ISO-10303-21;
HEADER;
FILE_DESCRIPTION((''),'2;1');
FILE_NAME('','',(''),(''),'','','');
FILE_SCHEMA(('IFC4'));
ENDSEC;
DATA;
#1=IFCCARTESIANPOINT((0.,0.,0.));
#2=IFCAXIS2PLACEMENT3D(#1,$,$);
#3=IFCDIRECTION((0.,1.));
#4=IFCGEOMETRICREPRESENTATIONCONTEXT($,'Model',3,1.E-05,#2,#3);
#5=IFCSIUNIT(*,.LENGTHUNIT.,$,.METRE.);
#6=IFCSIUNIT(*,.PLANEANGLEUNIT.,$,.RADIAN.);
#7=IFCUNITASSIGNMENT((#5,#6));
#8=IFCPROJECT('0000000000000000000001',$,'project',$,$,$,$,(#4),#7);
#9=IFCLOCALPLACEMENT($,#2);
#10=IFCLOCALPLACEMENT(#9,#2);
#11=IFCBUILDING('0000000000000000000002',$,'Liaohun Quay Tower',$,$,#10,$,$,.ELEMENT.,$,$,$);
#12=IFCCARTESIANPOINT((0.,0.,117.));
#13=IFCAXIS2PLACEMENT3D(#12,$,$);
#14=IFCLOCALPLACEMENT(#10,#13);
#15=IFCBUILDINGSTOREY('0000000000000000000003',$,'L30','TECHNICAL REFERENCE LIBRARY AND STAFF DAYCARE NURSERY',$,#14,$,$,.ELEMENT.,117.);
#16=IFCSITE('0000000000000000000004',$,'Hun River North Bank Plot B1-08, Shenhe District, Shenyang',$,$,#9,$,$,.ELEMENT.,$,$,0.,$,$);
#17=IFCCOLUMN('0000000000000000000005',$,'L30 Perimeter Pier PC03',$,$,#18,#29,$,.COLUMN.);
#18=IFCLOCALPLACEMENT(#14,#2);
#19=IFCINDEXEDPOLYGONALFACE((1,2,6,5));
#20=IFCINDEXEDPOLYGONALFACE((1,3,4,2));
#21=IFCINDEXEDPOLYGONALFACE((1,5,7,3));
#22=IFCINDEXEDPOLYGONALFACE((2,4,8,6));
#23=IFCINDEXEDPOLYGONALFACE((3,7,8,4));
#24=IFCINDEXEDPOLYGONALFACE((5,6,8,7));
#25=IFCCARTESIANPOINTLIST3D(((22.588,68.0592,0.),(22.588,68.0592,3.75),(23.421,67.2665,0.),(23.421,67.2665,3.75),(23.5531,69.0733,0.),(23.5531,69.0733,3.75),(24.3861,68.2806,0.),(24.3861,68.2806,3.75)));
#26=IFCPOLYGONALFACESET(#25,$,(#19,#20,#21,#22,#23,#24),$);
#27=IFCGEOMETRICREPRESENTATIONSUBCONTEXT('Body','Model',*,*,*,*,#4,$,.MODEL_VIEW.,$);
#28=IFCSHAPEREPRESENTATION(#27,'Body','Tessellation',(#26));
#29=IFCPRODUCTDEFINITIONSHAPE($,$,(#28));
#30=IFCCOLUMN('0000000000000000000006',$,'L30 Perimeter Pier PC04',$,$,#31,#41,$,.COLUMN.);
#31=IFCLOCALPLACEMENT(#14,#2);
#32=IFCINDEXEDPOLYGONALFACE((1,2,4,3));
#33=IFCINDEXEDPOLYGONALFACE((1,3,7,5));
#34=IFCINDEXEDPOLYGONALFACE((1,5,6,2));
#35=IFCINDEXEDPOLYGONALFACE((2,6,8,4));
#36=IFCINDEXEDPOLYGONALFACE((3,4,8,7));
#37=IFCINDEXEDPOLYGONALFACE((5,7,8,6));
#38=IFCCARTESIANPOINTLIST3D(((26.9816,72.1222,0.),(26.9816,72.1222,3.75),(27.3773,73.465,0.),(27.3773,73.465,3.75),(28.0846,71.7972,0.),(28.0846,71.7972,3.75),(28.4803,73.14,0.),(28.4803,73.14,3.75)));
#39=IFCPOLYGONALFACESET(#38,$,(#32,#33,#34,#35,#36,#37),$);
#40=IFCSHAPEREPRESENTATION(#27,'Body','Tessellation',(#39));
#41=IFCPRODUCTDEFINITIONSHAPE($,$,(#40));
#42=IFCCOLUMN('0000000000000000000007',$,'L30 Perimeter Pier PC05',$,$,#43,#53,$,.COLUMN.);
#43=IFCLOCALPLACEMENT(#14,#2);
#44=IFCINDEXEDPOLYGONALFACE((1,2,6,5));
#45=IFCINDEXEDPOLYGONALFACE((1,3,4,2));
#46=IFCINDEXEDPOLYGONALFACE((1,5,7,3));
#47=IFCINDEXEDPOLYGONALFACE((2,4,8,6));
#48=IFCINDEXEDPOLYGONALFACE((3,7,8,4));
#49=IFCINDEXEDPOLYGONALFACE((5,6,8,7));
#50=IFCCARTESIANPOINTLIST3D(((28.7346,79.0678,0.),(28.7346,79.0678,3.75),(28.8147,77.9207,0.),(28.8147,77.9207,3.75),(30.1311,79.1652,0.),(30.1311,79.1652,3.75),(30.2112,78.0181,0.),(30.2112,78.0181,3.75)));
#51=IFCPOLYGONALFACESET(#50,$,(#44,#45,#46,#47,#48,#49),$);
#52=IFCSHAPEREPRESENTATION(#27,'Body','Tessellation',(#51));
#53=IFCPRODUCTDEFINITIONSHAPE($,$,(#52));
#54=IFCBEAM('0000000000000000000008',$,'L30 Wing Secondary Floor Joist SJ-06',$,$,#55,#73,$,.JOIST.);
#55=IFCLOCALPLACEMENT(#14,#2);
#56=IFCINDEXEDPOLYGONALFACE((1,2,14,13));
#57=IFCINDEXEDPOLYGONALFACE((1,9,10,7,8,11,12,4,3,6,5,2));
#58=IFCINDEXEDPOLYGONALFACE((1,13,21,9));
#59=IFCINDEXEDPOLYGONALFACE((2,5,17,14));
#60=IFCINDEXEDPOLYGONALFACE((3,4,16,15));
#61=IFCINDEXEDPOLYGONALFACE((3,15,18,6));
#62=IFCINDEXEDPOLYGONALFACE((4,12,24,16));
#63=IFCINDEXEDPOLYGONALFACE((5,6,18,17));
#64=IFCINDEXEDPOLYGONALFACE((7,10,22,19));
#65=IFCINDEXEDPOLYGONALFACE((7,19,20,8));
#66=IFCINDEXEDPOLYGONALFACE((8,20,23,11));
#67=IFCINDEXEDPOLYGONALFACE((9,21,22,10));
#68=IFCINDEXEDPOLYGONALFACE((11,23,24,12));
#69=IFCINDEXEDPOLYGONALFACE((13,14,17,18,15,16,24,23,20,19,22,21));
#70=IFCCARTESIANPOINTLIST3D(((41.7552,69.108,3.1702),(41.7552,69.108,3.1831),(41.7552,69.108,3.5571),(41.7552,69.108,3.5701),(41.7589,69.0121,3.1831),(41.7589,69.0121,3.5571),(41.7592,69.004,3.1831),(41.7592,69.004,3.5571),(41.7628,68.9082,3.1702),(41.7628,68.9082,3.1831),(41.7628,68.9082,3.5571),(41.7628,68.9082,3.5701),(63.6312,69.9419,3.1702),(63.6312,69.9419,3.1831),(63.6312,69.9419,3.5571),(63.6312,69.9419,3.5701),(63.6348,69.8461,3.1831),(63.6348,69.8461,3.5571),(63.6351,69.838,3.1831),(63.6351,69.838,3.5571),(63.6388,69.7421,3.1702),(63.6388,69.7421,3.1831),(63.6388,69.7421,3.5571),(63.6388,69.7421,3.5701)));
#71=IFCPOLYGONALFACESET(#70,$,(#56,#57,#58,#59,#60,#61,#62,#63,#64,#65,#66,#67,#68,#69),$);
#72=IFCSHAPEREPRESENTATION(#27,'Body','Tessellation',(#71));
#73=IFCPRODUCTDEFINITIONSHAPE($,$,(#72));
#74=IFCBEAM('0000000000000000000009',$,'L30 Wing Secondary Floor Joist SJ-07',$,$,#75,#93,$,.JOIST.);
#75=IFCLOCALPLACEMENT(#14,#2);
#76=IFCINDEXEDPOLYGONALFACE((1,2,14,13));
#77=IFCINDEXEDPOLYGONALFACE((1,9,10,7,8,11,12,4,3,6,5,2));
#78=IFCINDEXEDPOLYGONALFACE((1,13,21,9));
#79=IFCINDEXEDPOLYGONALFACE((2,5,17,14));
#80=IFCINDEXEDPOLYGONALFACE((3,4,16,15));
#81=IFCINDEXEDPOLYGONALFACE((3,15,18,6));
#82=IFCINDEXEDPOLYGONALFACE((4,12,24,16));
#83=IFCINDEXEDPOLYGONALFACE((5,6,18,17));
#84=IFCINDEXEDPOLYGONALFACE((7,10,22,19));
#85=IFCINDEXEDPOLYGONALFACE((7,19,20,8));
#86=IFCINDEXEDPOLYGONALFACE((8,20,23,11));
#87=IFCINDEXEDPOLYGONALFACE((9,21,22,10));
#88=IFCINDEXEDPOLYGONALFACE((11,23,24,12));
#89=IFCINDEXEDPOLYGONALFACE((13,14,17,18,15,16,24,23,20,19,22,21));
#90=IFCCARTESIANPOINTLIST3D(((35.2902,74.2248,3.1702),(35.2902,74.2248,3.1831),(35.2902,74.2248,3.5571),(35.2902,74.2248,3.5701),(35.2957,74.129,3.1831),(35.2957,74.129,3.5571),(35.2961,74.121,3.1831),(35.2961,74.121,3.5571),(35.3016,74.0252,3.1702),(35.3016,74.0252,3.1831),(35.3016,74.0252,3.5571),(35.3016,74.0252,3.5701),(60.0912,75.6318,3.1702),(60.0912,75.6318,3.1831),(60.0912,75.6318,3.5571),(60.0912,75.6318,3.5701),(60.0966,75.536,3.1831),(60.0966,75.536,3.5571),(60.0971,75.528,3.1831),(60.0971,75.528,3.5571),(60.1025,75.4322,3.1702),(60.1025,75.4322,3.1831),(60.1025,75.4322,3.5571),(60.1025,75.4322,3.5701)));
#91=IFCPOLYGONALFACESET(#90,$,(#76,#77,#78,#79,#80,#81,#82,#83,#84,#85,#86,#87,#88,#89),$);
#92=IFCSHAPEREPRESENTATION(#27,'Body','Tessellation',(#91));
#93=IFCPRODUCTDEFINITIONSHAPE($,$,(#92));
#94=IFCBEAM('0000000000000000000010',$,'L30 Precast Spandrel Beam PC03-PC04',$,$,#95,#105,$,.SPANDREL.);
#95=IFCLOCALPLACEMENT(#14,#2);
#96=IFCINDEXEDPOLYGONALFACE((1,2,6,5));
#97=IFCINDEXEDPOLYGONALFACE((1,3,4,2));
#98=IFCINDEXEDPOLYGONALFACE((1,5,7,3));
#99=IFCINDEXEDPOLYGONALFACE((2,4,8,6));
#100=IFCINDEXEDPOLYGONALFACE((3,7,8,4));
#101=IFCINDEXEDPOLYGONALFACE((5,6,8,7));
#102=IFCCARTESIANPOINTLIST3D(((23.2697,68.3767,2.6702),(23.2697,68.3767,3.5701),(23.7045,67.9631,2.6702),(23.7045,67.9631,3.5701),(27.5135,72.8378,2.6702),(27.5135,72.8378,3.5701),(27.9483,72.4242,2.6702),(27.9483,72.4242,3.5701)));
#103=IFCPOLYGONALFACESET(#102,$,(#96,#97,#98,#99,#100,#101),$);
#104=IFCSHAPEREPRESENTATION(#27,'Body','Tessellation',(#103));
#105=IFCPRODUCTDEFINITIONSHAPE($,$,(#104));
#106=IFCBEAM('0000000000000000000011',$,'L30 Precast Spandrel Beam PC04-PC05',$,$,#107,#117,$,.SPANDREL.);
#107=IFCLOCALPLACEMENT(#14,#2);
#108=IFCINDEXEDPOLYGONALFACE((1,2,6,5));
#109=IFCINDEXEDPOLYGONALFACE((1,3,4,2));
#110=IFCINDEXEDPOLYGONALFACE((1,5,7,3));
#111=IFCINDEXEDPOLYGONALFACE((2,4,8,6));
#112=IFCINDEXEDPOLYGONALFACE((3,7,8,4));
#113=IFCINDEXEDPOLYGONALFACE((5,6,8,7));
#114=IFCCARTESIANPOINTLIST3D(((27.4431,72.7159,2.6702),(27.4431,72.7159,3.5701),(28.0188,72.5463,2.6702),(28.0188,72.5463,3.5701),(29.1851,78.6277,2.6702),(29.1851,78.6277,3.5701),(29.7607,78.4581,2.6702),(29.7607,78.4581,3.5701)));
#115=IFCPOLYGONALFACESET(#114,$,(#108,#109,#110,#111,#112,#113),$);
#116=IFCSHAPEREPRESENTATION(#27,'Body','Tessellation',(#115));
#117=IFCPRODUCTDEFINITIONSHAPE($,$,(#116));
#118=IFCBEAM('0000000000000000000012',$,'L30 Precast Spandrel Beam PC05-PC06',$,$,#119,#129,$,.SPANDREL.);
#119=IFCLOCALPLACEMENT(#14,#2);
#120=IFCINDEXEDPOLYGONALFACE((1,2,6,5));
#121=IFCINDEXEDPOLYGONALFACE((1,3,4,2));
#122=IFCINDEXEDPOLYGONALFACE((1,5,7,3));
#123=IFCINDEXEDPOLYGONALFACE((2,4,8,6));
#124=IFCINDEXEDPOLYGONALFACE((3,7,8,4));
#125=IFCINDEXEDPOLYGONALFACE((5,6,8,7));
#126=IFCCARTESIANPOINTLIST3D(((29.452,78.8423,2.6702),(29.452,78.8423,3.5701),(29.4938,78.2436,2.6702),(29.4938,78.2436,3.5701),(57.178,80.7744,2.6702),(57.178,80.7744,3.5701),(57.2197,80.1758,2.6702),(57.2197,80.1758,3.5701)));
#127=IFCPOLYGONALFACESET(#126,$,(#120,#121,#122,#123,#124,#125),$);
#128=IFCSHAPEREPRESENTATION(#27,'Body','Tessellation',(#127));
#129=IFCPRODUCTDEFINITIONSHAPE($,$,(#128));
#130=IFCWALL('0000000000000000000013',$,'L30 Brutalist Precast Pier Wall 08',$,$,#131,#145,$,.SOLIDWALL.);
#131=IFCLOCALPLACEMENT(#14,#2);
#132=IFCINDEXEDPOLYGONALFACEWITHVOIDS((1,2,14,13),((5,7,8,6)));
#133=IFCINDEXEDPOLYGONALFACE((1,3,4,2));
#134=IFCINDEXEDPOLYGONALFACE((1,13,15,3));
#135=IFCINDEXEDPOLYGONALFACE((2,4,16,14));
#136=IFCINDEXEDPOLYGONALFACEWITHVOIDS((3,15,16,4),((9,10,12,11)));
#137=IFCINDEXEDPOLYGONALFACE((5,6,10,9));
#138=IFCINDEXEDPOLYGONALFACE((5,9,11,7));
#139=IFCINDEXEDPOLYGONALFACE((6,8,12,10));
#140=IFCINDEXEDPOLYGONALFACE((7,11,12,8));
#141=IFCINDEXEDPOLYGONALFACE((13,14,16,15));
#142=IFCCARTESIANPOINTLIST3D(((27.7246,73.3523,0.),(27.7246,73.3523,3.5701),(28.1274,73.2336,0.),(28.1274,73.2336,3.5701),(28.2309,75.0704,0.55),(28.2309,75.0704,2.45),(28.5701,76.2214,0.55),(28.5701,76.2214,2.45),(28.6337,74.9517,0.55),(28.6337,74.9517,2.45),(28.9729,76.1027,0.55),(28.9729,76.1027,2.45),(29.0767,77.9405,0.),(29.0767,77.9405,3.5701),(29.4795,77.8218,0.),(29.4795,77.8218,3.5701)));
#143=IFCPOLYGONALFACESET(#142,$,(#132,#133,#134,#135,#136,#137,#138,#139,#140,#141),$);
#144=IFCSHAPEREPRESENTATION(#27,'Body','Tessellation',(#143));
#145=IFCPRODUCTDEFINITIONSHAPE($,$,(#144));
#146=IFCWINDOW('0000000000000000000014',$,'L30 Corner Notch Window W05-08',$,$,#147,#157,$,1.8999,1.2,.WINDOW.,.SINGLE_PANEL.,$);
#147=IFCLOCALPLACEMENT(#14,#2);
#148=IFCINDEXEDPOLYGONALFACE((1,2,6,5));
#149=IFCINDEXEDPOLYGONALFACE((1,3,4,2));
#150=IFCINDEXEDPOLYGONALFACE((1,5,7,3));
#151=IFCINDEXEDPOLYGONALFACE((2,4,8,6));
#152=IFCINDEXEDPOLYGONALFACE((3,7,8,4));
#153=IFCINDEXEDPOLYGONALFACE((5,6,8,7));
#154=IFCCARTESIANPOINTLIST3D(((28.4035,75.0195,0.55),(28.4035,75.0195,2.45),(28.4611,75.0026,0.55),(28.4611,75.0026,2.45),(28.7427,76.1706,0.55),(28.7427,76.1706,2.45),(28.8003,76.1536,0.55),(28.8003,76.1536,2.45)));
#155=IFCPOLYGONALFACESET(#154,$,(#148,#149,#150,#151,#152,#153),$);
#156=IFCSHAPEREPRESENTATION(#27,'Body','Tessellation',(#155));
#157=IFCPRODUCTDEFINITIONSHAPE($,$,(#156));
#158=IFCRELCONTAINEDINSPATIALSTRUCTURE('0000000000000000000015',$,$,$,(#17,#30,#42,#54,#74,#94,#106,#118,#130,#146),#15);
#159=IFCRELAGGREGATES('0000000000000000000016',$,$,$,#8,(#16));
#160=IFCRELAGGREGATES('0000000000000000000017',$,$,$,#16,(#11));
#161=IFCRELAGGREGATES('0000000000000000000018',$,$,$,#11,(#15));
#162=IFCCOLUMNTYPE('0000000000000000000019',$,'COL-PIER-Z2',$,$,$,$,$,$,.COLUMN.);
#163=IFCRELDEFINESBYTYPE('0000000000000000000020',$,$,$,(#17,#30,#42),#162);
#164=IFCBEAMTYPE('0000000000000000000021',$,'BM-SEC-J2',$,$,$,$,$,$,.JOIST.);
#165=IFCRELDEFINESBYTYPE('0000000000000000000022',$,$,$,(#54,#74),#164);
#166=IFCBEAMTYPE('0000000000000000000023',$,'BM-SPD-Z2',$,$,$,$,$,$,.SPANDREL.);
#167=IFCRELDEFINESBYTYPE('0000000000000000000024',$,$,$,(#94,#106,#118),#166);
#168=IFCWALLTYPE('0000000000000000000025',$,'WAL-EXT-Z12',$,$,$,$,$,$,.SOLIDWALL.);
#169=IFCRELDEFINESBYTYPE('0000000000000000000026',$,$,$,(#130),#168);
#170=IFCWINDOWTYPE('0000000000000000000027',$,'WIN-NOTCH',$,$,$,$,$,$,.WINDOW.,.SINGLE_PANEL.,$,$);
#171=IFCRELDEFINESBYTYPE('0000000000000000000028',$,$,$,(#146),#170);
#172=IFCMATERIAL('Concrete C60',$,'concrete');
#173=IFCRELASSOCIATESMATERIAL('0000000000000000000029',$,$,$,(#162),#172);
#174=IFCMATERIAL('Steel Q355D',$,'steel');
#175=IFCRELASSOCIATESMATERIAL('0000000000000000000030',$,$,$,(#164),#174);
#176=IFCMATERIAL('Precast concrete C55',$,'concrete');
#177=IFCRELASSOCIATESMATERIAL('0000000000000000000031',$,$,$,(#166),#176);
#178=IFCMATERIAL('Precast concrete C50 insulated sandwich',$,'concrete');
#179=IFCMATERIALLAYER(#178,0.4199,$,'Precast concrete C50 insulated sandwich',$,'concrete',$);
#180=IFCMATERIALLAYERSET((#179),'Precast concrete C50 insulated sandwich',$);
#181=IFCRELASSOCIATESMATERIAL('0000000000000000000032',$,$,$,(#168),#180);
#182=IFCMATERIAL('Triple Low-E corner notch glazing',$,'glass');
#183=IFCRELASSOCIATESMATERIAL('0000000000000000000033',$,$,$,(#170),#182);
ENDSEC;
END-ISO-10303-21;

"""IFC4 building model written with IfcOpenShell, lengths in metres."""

from ifc_helpers import new_model, si_unit, direction, frame, frame_2d, origin, origin_2d, place, context, subcontext, project, spatial, rectangle, i_section, extrude, source, transform, mapped, material, layer, layer_set, material_profile, profile_set, type_object, element, fill, save


model = new_model("IFC4")

# Units and contexts
model_context = context("Model", 3, precision=1e-05, world=origin(), true_north=direction((0.0, 1.0)))
body_context = subcontext(model_context, "Body", "Model", "MODEL_VIEW")
ifc_project = project(units=[si_unit("LENGTHUNIT", "METRE"), si_unit("PLANEANGLEUNIT", "RADIAN")], contexts=[model_context])

# Site, building, storey
site_placement = place(None, origin())
site = spatial("IfcSite", under=ifc_project, at=site_placement, Name="Hun River North Bank Plot B1-08, Shenhe District, Shenyang", CompositionType="ELEMENT", RefElevation=0.0)
building_placement = place(site_placement, origin())
building = spatial("IfcBuilding", under=site, at=building_placement, Name="Liaohun Quay Tower", CompositionType="ELEMENT")
storey_placement = place(building_placement, frame((0.0, 0.0, 117.0)))
storey = spatial("IfcBuildingStorey", under=building, at=storey_placement, Name="L30", Description="TECHNICAL REFERENCE LIBRARY AND STAFF DAYCARE NURSERY", CompositionType="ELEMENT", Elevation=117.0)

# Columns
ifc_material_1 = material(Name="Concrete C60", Category="concrete")
ifc_material_profile_1 = material_profile(ifc_material_1, rectangle(XDim=1.3999, YDim=1.1499, at=origin_2d()), Name="RC1400x1150")
ifc_profile_set_1 = profile_set([ifc_material_profile_1], Name="Concrete C60")
column_type = type_object("IfcColumnType", Name="COL-PIER-Z2", PredefinedType="COLUMN", material=ifc_profile_set_1)
shared_shape_1 = source(origin(), body_context, "Body", "SweptSolid", [
    extrude(rectangle(XDim=1.3999, YDim=1.1499, at=origin_2d()), origin(), (0.0, 0.0, 1.0), 3.75),
])
for number, where, z_axis, x_axis, name in (
    (1, (23.4871, 68.1699, 0.0), (0.0, 0.0, 1.0), (0.689367, 0.724413, 0.0), "L30 Perimeter Pier PC03"),
    (2, (27.731, 72.6311, 0.0), (0.0, 0.0, 1.0), (0.282676, 0.959215, 0.0), "L30 Perimeter Pier PC04"),
    (3, (29.4729, 78.543, 0.0), (0.0, 0.0, 1.0), (0.997576, 0.069582, 0.0), "L30 Perimeter Pier PC05"),
):
    element("IfcColumn", number, at=place(storey_placement, frame(where, z_axis=z_axis, x_axis=x_axis)), inside=storey, type_object=column_type, Name=name, PredefinedType="COLUMN", context=body_context, shape_type="MappedRepresentation", body=[
        mapped(shared_shape_1, transform((0.0, 0.0, 0.0), x_axis=(1.0, 0.0, 0.0), y_axis=(0.0, 1.0, 0.0), z_axis=(0.0, 0.0, 1.0), scale=1.0)),
    ])

# Beams
ifc_material_2 = material(Name="Steel Q355D", Category="steel")
ifc_material_profile_2 = material_profile(ifc_material_2, i_section(OverallWidth=0.2, OverallDepth=0.3999, WebThickness=0.0081, FlangeThickness=0.0129, at=origin_2d()), Name="HN400x200x8x13")
ifc_profile_set_2 = profile_set([ifc_material_profile_2], Name="Steel Q355D")
beam_type_1 = type_object("IfcBeamType", Name="BM-SEC-J2", PredefinedType="JOIST", material=ifc_profile_set_2)
shared_shape_2 = source(origin(), body_context, "Body", "SweptSolid", [
    extrude(i_section(OverallWidth=0.2, OverallDepth=0.3999, WebThickness=0.0081, FlangeThickness=0.0129, at=origin_2d()), origin(), (0.0, 0.0, 1.0), 21.8918),
])
beam_1_placement = place(storey_placement, frame((41.759, 69.0081, 3.3701), z_axis=(0.999274, 0.038096, 0.0), x_axis=(-0.038096, 0.999274, 0.0)))
element("IfcBeam", 4, at=beam_1_placement, inside=storey, type_object=beam_type_1, Name="L30 Wing Secondary Floor Joist SJ-06", PredefinedType="JOIST", context=body_context, shape_type="MappedRepresentation", body=[
    mapped(shared_shape_2, transform((0.0, 0.0, 0.0), x_axis=(1.0, 0.0, 0.0), y_axis=(0.0, 1.0, 0.0), z_axis=(0.0, 0.0, 1.0), scale=1.0)),
])
shared_shape_3 = source(origin(), body_context, "Body", "SweptSolid", [
    extrude(i_section(OverallWidth=0.2, OverallDepth=0.3999, WebThickness=0.0081, FlangeThickness=0.0129, at=origin_2d()), origin(), (0.0, 0.0, 1.0), 24.8408),
])
beam_2_placement = place(storey_placement, frame((35.2959, 74.125, 3.3701), z_axis=(0.998395, 0.05664, 0.0), x_axis=(-0.05664, 0.998395, 0.0)))
element("IfcBeam", 5, at=beam_2_placement, inside=storey, type_object=beam_type_1, Name="L30 Wing Secondary Floor Joist SJ-07", PredefinedType="JOIST", context=body_context, shape_type="MappedRepresentation", body=[
    mapped(shared_shape_3, transform((0.0, 0.0, 0.0), x_axis=(1.0, 0.0, 0.0), y_axis=(0.0, 1.0, 0.0), z_axis=(0.0, 0.0, 1.0), scale=1.0)),
])
ifc_material_3 = material(Name="Precast concrete C55", Category="concrete")
ifc_material_profile_3 = material_profile(ifc_material_3, rectangle(XDim=0.6001, YDim=0.8999, at=origin_2d()), Name="RC600x900")
ifc_profile_set_3 = profile_set([ifc_material_profile_3], Name="Precast concrete C55")
beam_type_2 = type_object("IfcBeamType", Name="BM-SPD-Z2", PredefinedType="SPANDREL", material=ifc_profile_set_3)
shared_shape_4 = source(origin(), body_context, "Body", "SweptSolid", [
    extrude(rectangle(XDim=0.6001, YDim=0.8999, at=origin_2d()), origin(), (0.0, 0.0, 1.0), 6.1572),
])
beam_3_placement = place(storey_placement, frame((23.4871, 68.1699, 3.1201), z_axis=(0.689242, 0.724531, 0.0), x_axis=(-0.724531, 0.689242, 0.0)))
element("IfcBeam", 6, at=beam_3_placement, inside=storey, type_object=beam_type_2, Name="L30 Precast Spandrel Beam PC03-PC04", PredefinedType="SPANDREL", context=body_context, shape_type="MappedRepresentation", body=[
    mapped(shared_shape_4, transform((0.0, 0.0, 0.0), x_axis=(1.0, 0.0, 0.0), y_axis=(0.0, 1.0, 0.0), z_axis=(0.0, 0.0, 1.0), scale=1.0)),
])
shared_shape_5 = source(origin(), body_context, "Body", "SweptSolid", [
    extrude(rectangle(XDim=0.6001, YDim=0.8999, at=origin_2d()), origin(), (0.0, 0.0, 1.0), 6.1631),
])
beam_4_placement = place(storey_placement, frame((27.731, 72.6311, 3.1201), z_axis=(0.282638, 0.959227, 0.0), x_axis=(-0.959227, 0.282638, 0.0)))
element("IfcBeam", 7, at=beam_4_placement, inside=storey, type_object=beam_type_2, Name="L30 Precast Spandrel Beam PC04-PC05", PredefinedType="SPANDREL", context=body_context, shape_type="MappedRepresentation", body=[
    mapped(shared_shape_5, transform((0.0, 0.0, 0.0), x_axis=(1.0, 0.0, 0.0), y_axis=(0.0, 1.0, 0.0), z_axis=(0.0, 0.0, 1.0), scale=1.0)),
])
shared_shape_6 = source(origin(), body_context, "Body", "SweptSolid", [
    extrude(rectangle(XDim=0.6001, YDim=0.8999, at=origin_2d()), origin(), (0.0, 0.0, 1.0), 27.7932),
])
beam_5_placement = place(storey_placement, frame((29.4729, 78.543, 3.1201), z_axis=(0.997581, 0.069518, 0.0), x_axis=(-0.069518, 0.997581, 0.0)))
element("IfcBeam", 8, at=beam_5_placement, inside=storey, type_object=beam_type_2, Name="L30 Precast Spandrel Beam PC05-PC06", PredefinedType="SPANDREL", context=body_context, shape_type="MappedRepresentation", body=[
    mapped(shared_shape_6, transform((0.0, 0.0, 0.0), x_axis=(1.0, 0.0, 0.0), y_axis=(0.0, 1.0, 0.0), z_axis=(0.0, 0.0, 1.0), scale=1.0)),
])

# Wall, opening, window
ifc_material_4 = material(Name="Precast concrete C50 insulated sandwich", Category="concrete")
ifc_layer_1 = layer(ifc_material_4, 0.4199, Name="Precast concrete C50 insulated sandwich", Category="concrete")
ifc_layer_set_1 = layer_set([ifc_layer_1], Name="Precast concrete C50 insulated sandwich")
wall_type_1 = type_object("IfcWallType", Name="WAL-EXT-Z12", PredefinedType="SOLIDWALL", material=ifc_layer_set_1)
wall_1_placement = place(storey_placement, frame((29.2781, 77.8811, 0.0), z_axis=(0.0, 0.0, 1.0), x_axis=(-0.282666, -0.959218, 0.0)))
wall_1 = element("IfcWall", 9, at=wall_1_placement, inside=storey, type_object=wall_type_1, Name="L30 Brutalist Precast Pier Wall 08", PredefinedType="SOLIDWALL", context=body_context, shape_type="SweptSolid", body=[
    extrude(rectangle(XDim=4.7832, YDim=0.4199, at=frame_2d((2.3916, 0.0))), origin(), (0.0, 0.0, 1.0), 3.5701),
])
shared_shape_7 = source(origin(), body_context, "Body", "SweptSolid", [
    extrude(rectangle(XDim=1.2, YDim=1.8999, at=frame_2d((0.6001, 0.95))), frame((0.0, 0.22, 0.0), z_axis=(0.0, -1.0, 0.0), x_axis=(1.0, 0.0, 0.0)), (0.0, 0.0, 1.0), 0.4399),
])
opening_1_placement = place(wall_1_placement, frame((1.792, 0.0, 0.55)))
opening_1 = element("IfcOpeningElement", 10, at=opening_1_placement, cuts=wall_1, PredefinedType="OPENING", context=body_context, shape_type="MappedRepresentation", body=[
    mapped(shared_shape_7, transform((0.0, 0.0, 0.0), x_axis=(1.0, 0.0, 0.0), y_axis=(0.0, 1.0, 0.0), z_axis=(0.0, 0.0, 1.0), scale=1.0)),
])
ifc_material_5 = material(Name="Triple Low-E corner notch glazing", Category="glass")
window_type_1 = type_object("IfcWindowType", Name="WIN-NOTCH", PartitioningType="SINGLE_PANEL", PredefinedType="WINDOW", material=ifc_material_5)
shared_shape_8 = source(origin(), body_context, "Body", "SweptSolid", [
    extrude(rectangle(XDim=1.2, YDim=1.8999, at=frame_2d((0.6001, 0.95))), frame((0.0, 0.03, 0.0), z_axis=(0.0, -1.0, 0.0), x_axis=(1.0, 0.0, 0.0)), (0.0, 0.0, 1.0), 0.0601),
])
window_1_placement = place(opening_1_placement, origin())
window_1 = element("IfcWindow", 11, at=window_1_placement, inside=storey, type_object=window_type_1, Name="L30 Corner Notch Window W05-08", OverallHeight=1.8999, OverallWidth=1.2, PartitioningType="SINGLE_PANEL", PredefinedType="WINDOW", context=body_context, shape_type="MappedRepresentation", body=[
    mapped(shared_shape_8, transform((0.0, 0.0, 0.0), x_axis=(1.0, 0.0, 0.0), y_axis=(0.0, 1.0, 0.0), z_axis=(0.0, 0.0, 1.0), scale=1.0)),
])
fill(opening_1, window_1)

save(model, "model.ifc")
